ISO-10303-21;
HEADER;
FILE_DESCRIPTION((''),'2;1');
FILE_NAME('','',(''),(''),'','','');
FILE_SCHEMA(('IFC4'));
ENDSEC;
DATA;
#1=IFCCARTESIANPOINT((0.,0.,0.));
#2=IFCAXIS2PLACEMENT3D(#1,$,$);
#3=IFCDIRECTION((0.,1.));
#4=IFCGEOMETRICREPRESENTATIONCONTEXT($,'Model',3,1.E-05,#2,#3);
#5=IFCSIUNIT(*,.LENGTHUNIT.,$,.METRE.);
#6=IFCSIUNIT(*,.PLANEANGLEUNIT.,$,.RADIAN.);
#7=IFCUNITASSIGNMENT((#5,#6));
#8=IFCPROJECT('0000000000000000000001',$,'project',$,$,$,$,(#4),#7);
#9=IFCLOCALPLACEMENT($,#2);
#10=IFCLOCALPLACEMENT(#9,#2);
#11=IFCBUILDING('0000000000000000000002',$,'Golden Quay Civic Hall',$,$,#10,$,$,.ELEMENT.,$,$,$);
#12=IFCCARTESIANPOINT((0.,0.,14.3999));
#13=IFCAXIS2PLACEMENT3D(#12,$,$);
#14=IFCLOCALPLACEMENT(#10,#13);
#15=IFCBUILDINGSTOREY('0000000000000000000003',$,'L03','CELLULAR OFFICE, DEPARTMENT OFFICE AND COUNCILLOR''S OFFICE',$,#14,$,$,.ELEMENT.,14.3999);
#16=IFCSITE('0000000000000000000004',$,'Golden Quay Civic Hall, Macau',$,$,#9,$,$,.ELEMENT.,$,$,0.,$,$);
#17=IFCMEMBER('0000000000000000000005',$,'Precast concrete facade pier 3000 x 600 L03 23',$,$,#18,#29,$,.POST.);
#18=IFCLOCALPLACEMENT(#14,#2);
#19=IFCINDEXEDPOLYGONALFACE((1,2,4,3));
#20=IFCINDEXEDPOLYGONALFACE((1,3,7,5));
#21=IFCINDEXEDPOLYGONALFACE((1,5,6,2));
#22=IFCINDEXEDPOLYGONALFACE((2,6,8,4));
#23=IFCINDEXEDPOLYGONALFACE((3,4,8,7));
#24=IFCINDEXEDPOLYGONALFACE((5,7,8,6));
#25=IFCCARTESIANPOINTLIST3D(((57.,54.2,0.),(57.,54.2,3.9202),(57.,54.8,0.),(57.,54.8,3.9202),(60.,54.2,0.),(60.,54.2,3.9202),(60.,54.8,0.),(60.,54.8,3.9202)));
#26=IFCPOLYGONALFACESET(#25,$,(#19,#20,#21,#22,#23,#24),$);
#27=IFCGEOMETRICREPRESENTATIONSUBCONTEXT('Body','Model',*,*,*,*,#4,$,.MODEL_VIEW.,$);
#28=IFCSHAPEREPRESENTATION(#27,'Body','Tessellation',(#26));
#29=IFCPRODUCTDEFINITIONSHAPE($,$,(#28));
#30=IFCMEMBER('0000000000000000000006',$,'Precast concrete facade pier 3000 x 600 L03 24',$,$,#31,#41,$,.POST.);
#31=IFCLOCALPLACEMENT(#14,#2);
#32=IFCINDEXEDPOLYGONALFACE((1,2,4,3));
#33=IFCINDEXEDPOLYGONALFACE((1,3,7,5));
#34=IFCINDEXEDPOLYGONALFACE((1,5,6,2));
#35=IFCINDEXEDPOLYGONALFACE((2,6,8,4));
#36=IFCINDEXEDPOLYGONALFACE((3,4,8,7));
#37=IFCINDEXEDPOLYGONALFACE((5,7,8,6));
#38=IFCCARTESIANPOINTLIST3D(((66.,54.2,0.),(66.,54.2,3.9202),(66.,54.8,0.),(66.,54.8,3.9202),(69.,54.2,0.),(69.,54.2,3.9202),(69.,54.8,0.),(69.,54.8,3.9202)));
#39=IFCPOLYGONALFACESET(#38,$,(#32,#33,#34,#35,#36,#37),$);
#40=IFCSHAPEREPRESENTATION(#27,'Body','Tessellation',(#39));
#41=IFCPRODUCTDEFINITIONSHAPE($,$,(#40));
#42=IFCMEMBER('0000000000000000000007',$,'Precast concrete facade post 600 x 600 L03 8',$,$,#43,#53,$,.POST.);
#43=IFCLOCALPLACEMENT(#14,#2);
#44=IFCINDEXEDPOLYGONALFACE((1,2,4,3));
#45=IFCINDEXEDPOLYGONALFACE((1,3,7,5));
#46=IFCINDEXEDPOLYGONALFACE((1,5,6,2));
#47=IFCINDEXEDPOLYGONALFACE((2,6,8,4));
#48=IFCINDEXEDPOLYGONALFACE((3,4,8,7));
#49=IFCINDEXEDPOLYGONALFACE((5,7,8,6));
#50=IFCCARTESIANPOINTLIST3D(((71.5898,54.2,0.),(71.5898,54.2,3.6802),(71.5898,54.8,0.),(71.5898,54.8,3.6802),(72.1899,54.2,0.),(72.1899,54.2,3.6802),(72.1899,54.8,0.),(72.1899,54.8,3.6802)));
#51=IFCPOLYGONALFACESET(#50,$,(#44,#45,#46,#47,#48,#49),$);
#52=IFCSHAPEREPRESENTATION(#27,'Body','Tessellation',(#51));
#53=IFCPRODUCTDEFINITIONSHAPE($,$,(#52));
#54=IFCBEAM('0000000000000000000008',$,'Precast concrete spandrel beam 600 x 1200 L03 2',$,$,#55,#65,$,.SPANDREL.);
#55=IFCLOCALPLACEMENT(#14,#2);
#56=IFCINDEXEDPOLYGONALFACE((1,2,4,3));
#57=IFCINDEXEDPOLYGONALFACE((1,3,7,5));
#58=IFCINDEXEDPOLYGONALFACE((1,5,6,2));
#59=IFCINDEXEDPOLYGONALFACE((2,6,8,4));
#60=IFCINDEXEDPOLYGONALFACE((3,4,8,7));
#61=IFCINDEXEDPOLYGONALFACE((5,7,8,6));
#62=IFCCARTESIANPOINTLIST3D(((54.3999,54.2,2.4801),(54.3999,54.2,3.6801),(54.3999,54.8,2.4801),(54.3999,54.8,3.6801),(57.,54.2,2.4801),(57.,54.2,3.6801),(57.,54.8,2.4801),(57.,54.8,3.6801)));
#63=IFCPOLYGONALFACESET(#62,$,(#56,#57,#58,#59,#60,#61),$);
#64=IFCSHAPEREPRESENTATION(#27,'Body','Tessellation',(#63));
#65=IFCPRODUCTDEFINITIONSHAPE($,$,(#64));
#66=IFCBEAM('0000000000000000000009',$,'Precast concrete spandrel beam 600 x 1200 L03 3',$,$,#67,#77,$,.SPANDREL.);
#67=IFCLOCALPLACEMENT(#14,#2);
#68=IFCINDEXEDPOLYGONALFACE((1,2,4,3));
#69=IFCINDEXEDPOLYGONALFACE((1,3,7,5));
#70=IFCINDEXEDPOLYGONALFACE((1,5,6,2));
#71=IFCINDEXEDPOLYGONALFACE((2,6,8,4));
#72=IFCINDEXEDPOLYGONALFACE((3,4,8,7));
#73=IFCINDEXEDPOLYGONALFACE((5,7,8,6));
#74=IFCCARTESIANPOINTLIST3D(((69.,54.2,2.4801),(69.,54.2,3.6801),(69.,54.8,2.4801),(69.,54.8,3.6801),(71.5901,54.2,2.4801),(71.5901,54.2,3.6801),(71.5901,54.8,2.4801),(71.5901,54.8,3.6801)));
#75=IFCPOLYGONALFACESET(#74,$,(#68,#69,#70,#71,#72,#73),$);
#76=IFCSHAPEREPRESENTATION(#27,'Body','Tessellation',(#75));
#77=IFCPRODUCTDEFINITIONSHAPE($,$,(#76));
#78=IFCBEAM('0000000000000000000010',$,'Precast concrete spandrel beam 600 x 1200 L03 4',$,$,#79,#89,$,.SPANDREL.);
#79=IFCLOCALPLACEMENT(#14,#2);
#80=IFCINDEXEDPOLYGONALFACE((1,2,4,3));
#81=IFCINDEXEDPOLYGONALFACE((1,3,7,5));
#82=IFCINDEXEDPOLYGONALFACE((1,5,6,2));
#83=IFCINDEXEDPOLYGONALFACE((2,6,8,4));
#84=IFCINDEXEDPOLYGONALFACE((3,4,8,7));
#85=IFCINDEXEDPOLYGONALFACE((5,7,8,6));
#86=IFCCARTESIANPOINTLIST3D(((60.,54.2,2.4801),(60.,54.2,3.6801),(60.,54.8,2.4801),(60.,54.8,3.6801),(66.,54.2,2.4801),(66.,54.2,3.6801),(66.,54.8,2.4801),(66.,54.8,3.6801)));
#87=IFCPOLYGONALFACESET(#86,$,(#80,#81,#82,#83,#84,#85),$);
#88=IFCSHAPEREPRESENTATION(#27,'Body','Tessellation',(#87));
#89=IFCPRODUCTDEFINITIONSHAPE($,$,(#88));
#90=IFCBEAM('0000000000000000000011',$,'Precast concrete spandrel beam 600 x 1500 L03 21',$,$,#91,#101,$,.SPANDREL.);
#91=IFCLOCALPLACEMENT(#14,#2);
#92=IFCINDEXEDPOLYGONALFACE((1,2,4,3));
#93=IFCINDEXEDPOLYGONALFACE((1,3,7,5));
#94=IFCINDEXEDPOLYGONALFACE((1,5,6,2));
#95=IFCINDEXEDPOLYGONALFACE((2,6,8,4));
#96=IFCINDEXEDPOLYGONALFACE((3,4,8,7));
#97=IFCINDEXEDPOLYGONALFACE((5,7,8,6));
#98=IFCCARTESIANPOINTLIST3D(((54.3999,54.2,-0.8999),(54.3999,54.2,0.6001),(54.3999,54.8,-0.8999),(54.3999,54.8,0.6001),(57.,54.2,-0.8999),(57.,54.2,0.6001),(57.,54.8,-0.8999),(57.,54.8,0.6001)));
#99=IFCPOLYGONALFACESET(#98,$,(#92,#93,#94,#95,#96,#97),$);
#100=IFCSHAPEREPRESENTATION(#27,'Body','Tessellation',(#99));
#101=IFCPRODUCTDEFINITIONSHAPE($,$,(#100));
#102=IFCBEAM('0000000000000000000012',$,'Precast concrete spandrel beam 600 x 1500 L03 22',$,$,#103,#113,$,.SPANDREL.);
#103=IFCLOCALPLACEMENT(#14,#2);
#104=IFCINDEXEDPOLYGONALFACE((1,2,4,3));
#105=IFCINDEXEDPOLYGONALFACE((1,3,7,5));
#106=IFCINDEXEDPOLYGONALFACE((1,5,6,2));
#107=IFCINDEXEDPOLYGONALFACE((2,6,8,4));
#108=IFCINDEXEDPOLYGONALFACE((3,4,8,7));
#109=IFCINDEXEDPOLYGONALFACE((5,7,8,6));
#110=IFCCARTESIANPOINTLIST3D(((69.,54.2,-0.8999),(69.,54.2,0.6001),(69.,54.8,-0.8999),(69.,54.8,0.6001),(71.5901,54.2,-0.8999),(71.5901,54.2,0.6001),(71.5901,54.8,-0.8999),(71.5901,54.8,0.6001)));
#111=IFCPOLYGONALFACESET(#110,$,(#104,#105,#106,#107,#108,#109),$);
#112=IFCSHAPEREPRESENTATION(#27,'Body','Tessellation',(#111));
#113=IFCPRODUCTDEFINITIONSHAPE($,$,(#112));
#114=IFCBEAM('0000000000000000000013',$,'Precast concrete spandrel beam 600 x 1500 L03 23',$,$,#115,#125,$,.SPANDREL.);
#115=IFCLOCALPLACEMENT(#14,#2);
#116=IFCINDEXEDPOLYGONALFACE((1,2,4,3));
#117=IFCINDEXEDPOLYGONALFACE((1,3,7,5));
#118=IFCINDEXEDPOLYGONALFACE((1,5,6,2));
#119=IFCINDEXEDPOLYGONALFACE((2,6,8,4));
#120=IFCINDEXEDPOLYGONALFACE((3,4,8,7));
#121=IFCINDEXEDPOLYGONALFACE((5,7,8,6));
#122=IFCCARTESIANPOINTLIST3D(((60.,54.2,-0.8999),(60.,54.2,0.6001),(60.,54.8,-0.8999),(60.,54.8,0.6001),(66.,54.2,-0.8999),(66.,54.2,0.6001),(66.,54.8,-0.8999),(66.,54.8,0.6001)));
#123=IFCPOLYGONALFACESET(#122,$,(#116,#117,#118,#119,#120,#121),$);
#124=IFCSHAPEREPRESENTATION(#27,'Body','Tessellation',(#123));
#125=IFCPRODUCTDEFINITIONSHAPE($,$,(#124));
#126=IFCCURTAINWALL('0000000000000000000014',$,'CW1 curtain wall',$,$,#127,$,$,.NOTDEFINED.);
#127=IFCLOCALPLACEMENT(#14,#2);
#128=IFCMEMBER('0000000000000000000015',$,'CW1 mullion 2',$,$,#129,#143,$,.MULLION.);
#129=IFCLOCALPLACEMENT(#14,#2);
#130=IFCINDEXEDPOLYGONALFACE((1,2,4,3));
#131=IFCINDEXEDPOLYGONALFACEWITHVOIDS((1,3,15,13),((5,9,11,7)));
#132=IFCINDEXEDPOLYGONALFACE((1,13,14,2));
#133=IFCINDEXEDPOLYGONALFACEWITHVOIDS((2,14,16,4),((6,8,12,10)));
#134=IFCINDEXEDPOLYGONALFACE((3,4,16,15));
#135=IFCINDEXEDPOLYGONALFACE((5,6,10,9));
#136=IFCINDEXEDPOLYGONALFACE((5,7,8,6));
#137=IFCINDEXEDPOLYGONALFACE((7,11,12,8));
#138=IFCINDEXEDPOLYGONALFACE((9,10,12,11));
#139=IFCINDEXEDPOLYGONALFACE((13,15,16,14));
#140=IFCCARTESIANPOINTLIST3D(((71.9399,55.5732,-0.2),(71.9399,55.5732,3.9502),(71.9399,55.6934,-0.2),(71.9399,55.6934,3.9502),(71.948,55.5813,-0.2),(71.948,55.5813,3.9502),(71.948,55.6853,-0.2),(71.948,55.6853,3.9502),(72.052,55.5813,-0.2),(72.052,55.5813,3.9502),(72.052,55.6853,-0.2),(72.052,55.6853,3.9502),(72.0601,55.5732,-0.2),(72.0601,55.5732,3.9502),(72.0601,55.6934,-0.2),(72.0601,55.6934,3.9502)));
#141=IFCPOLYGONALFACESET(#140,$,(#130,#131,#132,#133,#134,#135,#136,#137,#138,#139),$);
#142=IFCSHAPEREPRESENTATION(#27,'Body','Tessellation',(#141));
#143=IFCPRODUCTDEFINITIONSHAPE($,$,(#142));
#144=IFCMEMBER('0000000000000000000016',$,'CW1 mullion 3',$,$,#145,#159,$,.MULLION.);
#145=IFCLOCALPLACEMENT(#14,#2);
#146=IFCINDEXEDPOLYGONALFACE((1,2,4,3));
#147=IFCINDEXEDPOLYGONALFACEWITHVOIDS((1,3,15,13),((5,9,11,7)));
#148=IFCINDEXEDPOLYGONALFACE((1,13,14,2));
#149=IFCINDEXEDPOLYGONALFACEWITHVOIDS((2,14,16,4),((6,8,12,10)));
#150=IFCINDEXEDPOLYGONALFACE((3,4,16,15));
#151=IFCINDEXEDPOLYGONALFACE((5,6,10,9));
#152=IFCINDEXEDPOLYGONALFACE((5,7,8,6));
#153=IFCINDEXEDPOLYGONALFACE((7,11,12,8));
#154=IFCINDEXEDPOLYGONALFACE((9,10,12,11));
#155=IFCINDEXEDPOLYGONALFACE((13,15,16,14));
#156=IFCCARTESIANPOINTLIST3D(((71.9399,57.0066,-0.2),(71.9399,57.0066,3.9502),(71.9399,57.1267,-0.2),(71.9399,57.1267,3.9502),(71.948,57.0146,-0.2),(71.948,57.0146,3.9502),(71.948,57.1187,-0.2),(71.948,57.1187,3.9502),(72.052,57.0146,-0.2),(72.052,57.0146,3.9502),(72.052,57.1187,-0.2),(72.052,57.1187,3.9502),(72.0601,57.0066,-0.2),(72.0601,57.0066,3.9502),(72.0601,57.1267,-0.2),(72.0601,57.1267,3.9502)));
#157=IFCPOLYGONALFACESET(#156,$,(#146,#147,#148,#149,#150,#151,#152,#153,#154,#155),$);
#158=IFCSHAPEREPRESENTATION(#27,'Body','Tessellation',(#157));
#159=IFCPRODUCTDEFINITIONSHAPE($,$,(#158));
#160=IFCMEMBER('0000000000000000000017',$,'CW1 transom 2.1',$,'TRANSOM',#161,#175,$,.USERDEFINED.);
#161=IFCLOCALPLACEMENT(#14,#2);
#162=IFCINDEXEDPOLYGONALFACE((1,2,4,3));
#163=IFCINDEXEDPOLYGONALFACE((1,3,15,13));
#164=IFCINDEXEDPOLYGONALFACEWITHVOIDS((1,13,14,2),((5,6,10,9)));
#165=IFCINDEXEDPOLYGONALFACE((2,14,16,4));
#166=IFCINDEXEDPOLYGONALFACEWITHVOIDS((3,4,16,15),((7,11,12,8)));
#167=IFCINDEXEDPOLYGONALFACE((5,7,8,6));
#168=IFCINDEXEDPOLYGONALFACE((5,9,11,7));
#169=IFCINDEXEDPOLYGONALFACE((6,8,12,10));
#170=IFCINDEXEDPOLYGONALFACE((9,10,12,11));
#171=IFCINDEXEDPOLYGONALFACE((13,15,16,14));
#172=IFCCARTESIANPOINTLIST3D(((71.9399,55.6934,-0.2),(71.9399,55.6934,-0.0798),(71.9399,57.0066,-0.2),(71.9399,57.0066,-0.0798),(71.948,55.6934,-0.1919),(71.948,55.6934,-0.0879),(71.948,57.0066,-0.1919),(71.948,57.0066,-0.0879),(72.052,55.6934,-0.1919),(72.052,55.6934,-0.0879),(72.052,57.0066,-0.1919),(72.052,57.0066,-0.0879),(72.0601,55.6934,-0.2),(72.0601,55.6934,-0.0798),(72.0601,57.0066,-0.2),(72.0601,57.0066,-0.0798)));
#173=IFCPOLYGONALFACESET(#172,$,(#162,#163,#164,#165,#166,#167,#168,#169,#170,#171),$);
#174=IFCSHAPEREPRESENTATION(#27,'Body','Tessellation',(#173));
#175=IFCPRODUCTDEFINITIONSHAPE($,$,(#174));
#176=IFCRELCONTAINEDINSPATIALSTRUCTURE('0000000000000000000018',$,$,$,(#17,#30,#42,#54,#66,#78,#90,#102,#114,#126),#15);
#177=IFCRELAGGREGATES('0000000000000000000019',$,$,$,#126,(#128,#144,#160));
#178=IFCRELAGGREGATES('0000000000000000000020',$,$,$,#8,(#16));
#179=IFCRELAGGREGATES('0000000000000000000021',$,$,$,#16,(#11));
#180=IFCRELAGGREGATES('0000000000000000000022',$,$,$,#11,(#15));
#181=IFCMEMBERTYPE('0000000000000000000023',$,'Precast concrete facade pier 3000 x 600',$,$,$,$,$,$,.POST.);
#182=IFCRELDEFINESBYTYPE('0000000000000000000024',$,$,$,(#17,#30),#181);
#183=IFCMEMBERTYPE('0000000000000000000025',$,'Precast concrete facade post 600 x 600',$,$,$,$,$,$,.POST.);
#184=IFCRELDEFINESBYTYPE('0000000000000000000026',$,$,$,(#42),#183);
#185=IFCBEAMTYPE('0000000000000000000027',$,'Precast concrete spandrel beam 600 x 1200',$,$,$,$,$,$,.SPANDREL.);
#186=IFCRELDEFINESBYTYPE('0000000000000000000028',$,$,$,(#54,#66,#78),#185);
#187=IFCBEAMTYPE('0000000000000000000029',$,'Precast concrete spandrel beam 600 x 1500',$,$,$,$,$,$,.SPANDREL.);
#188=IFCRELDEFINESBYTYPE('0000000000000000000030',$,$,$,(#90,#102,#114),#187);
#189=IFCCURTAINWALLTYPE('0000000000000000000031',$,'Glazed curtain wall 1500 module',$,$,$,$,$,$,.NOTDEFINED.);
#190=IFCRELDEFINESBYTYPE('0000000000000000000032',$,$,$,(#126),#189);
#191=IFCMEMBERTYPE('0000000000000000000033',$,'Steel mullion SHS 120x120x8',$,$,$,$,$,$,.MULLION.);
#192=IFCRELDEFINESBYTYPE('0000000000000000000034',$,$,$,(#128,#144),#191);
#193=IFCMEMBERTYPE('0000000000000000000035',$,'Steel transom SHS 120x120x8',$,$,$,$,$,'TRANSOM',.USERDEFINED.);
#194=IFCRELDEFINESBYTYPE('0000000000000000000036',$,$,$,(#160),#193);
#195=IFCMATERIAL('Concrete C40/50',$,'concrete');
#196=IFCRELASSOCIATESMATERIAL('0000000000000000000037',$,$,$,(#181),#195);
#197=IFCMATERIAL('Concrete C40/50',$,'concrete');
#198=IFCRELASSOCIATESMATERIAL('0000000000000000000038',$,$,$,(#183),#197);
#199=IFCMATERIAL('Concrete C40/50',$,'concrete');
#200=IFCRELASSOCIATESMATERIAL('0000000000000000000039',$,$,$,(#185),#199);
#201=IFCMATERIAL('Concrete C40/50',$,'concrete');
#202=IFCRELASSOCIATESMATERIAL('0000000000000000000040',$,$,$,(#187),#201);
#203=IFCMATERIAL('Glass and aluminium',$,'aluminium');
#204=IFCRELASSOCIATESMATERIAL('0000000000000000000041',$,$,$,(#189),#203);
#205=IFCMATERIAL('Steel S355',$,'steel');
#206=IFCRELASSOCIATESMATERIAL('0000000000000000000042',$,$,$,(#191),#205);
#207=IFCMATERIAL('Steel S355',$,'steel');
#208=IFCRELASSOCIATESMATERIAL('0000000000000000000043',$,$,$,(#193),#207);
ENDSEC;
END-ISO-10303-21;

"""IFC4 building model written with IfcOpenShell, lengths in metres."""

from ifc_helpers import new_model, si_unit, direction, frame, origin, origin_2d, place, context, subcontext, project, spatial, rectangle, hollow_rectangle, extrude, material, material_profile, profile_set, type_object, element, aggregate, save


model = new_model("IFC4")

# Units and contexts
model_context = context("Model", 3, precision=1e-05, world=origin(), true_north=direction((0.0, 1.0)))
body_context = subcontext(model_context, "Body", "Model", "MODEL_VIEW")
ifc_project = project(units=[si_unit("LENGTHUNIT", "METRE"), si_unit("PLANEANGLEUNIT", "RADIAN")], contexts=[model_context])

# Site, building, storey
site_placement = place(None, origin())
site = spatial("IfcSite", under=ifc_project, at=site_placement, Name="Golden Quay Civic Hall, Macau", CompositionType="ELEMENT", RefElevation=0.0)
building_placement = place(site_placement, origin())
building = spatial("IfcBuilding", under=site, at=building_placement, Name="Golden Quay Civic Hall", CompositionType="ELEMENT")
storey_placement = place(building_placement, frame((0.0, 0.0, 14.3999)))
storey = spatial("IfcBuildingStorey", under=building, at=storey_placement, Name="L03", Description="CELLULAR OFFICE, DEPARTMENT OFFICE AND COUNCILLOR'S OFFICE", CompositionType="ELEMENT", Elevation=14.3999)

# Members
ifc_material_1 = material(Name="Concrete C40/50", Category="concrete")
ifc_material_profile_1 = material_profile(ifc_material_1, rectangle(XDim=3.0, YDim=0.6001, at=origin_2d()), Name="RC 3000x600")
ifc_profile_set_1 = profile_set([ifc_material_profile_1], Name="Concrete C40/50")
member_type_1 = type_object("IfcMemberType", Name="Precast concrete facade pier 3000 x 600", PredefinedType="POST", material=ifc_profile_set_1)
for number, where, z_axis, x_axis, name in (
    (1, (58.5, 54.5, 0.0), (0.0, 0.0, 1.0), (1.0, 0.0, 0.0), "Precast concrete facade pier 3000 x 600 L03 23"),
    (2, (67.5, 54.5, 0.0), (0.0, 0.0, 1.0), (1.0, 0.0, 0.0), "Precast concrete facade pier 3000 x 600 L03 24"),
):
    element("IfcMember", number, at=place(storey_placement, frame(where, z_axis=z_axis, x_axis=x_axis)), inside=storey, type_object=member_type_1, Name=name, PredefinedType="POST", context=body_context, shape_type="SweptSolid", body=[
        extrude(rectangle(XDim=3.0, YDim=0.6001, at=origin_2d()), origin(), (0.0, 0.0, 1.0), 3.9202),
    ])
ifc_material_2 = material(Name="Concrete C40/50", Category="concrete")
ifc_material_profile_2 = material_profile(ifc_material_2, rectangle(XDim=0.6001, YDim=0.6001, at=origin_2d()), Name="RC 600x600")
ifc_profile_set_2 = profile_set([ifc_material_profile_2], Name="Concrete C40/50")
member_type_2 = type_object("IfcMemberType", Name="Precast concrete facade post 600 x 600", PredefinedType="POST", material=ifc_profile_set_2)
member_1_placement = place(storey_placement, frame((71.8899, 54.5, 0.0), z_axis=(0.0, 0.0, 1.0), x_axis=(1.0, 0.0, 0.0)))
element("IfcMember", 3, at=member_1_placement, inside=storey, type_object=member_type_2, Name="Precast concrete facade post 600 x 600 L03 8", PredefinedType="POST", context=body_context, shape_type="SweptSolid", body=[
    extrude(rectangle(XDim=0.6001, YDim=0.6001, at=origin_2d()), origin(), (0.0, 0.0, 1.0), 3.6802),
])

# Beams
ifc_material_3 = material(Name="Concrete C40/50", Category="concrete")
ifc_material_profile_3 = material_profile(ifc_material_3, rectangle(XDim=0.6001, YDim=1.2, at=origin_2d()), Name="RC 600x1200")
ifc_profile_set_3 = profile_set([ifc_material_profile_3], Name="Concrete C40/50")
beam_type_1 = type_object("IfcBeamType", Name="Precast concrete spandrel beam 600 x 1200", PredefinedType="SPANDREL", material=ifc_profile_set_3)
beam_1_placement = place(storey_placement, frame((54.3999, 54.5, 3.0801), z_axis=(1.0, 0.0, 0.0), x_axis=(0.0, 1.0, 0.0)))
element("IfcBeam", 4, at=beam_1_placement, inside=storey, type_object=beam_type_1, Name="Precast concrete spandrel beam 600 x 1200 L03 2", PredefinedType="SPANDREL", context=body_context, shape_type="SweptSolid", body=[
    extrude(rectangle(XDim=0.6001, YDim=1.2, at=origin_2d()), origin(), (0.0, 0.0, 1.0), 2.6001),
])
beam_2_placement = place(storey_placement, frame((69.0, 54.5, 3.0801), z_axis=(1.0, 0.0, 0.0), x_axis=(0.0, 1.0, 0.0)))
element("IfcBeam", 5, at=beam_2_placement, inside=storey, type_object=beam_type_1, Name="Precast concrete spandrel beam 600 x 1200 L03 3", PredefinedType="SPANDREL", context=body_context, shape_type="SweptSolid", body=[
    extrude(rectangle(XDim=0.6001, YDim=1.2, at=origin_2d()), origin(), (0.0, 0.0, 1.0), 2.5901),
])
beam_3_placement = place(storey_placement, frame((60.0, 54.5, 3.0801), z_axis=(1.0, 0.0, 0.0), x_axis=(0.0, 1.0, 0.0)))
element("IfcBeam", 6, at=beam_3_placement, inside=storey, type_object=beam_type_1, Name="Precast concrete spandrel beam 600 x 1200 L03 4", PredefinedType="SPANDREL", context=body_context, shape_type="SweptSolid", body=[
    extrude(rectangle(XDim=0.6001, YDim=1.2, at=origin_2d()), origin(), (0.0, 0.0, 1.0), 6.0),
])
ifc_material_4 = material(Name="Concrete C40/50", Category="concrete")
ifc_material_profile_4 = material_profile(ifc_material_4, rectangle(XDim=0.6001, YDim=1.5, at=origin_2d()), Name="RC 600x1500")
ifc_profile_set_4 = profile_set([ifc_material_profile_4], Name="Concrete C40/50")
beam_type_2 = type_object("IfcBeamType", Name="Precast concrete spandrel beam 600 x 1500", PredefinedType="SPANDREL", material=ifc_profile_set_4)
beam_4_placement = place(storey_placement, frame((54.3999, 54.5, -0.1499), z_axis=(1.0, 0.0, 0.0), x_axis=(0.0, 1.0, 0.0)))
element("IfcBeam", 7, at=beam_4_placement, inside=storey, type_object=beam_type_2, Name="Precast concrete spandrel beam 600 x 1500 L03 21", PredefinedType="SPANDREL", context=body_context, shape_type="SweptSolid", body=[
    extrude(rectangle(XDim=0.6001, YDim=1.5, at=origin_2d()), origin(), (0.0, 0.0, 1.0), 2.6001),
])
beam_5_placement = place(storey_placement, frame((69.0, 54.5, -0.1499), z_axis=(1.0, 0.0, 0.0), x_axis=(0.0, 1.0, 0.0)))
element("IfcBeam", 8, at=beam_5_placement, inside=storey, type_object=beam_type_2, Name="Precast concrete spandrel beam 600 x 1500 L03 22", PredefinedType="SPANDREL", context=body_context, shape_type="SweptSolid", body=[
    extrude(rectangle(XDim=0.6001, YDim=1.5, at=origin_2d()), origin(), (0.0, 0.0, 1.0), 2.5901),
])
beam_6_placement = place(storey_placement, frame((60.0, 54.5, -0.1499), z_axis=(1.0, 0.0, 0.0), x_axis=(0.0, 1.0, 0.0)))
element("IfcBeam", 9, at=beam_6_placement, inside=storey, type_object=beam_type_2, Name="Precast concrete spandrel beam 600 x 1500 L03 23", PredefinedType="SPANDREL", context=body_context, shape_type="SweptSolid", body=[
    extrude(rectangle(XDim=0.6001, YDim=1.5, at=origin_2d()), origin(), (0.0, 0.0, 1.0), 6.0),
])

# Curtain wall, members
ifc_material_5 = material(Name="Glass and aluminium", Category="aluminium")
curtain_wall_type = type_object("IfcCurtainWallType", Name="Glazed curtain wall 1500 module", PredefinedType="NOTDEFINED", material=ifc_material_5)
curtain_wall_placement = place(storey_placement, origin())
curtain_wall = element("IfcCurtainWall", 10, at=curtain_wall_placement, inside=storey, type_object=curtain_wall_type, Name="CW1 curtain wall", PredefinedType="NOTDEFINED")
ifc_material_6 = material(Name="Steel S355", Category="steel")
ifc_material_profile_5 = material_profile(ifc_material_6, hollow_rectangle(XDim=0.1201, YDim=0.1201, WallThickness=0.0081, at=origin_2d()), Name="SHS 120x120x8")
ifc_profile_set_5 = profile_set([ifc_material_profile_5], Name="Steel S355")
member_type_3 = type_object("IfcMemberType", Name="Steel mullion SHS 120x120x8", PredefinedType="MULLION", material=ifc_profile_set_5)
member_2_placement = place(storey_placement, frame((72.0, 55.6333, -0.2), z_axis=(0.0, 0.0, 1.0), x_axis=(-1.0, 0.0, 0.0)))
member_2 = element("IfcMember", 11, at=member_2_placement, type_object=member_type_3, Name="CW1 mullion 2", PredefinedType="MULLION", context=body_context, shape_type="SweptSolid", body=[
    extrude(hollow_rectangle(XDim=0.1201, YDim=0.1201, WallThickness=0.0081, at=origin_2d()), origin(), (0.0, 0.0, 1.0), 4.1501),
])
member_3_placement = place(storey_placement, frame((72.0, 57.0667, -0.2), z_axis=(0.0, 0.0, 1.0), x_axis=(-1.0, 0.0, 0.0)))
member_3 = element("IfcMember", 12, at=member_3_placement, type_object=member_type_3, Name="CW1 mullion 3", PredefinedType="MULLION", context=body_context, shape_type="SweptSolid", body=[
    extrude(hollow_rectangle(XDim=0.1201, YDim=0.1201, WallThickness=0.0081, at=origin_2d()), origin(), (0.0, 0.0, 1.0), 4.1501),
])
ifc_material_7 = material(Name="Steel S355", Category="steel")
ifc_material_profile_6 = material_profile(ifc_material_7, hollow_rectangle(XDim=0.1201, YDim=0.1201, WallThickness=0.0081, at=origin_2d()), Name="SHS 120x120x8")
ifc_profile_set_6 = profile_set([ifc_material_profile_6], Name="Steel S355")
member_type_4 = type_object("IfcMemberType", Name="Steel transom SHS 120x120x8", ElementType="TRANSOM", PredefinedType="USERDEFINED", material=ifc_profile_set_6)
member_4_placement = place(storey_placement, frame((72.0, 55.6934, -0.1399), z_axis=(0.0, 1.0, 0.0), x_axis=(-1.0, 0.0, 0.0)))
member_4 = element("IfcMember", 13, at=member_4_placement, type_object=member_type_4, Name="CW1 transom 2.1", ObjectType="TRANSOM", PredefinedType="USERDEFINED", context=body_context, shape_type="SweptSolid", body=[
    extrude(hollow_rectangle(XDim=0.1201, YDim=0.1201, WallThickness=0.0081, at=origin_2d()), origin(), (0.0, 0.0, 1.0), 1.3132),
])
aggregate(curtain_wall, [member_2, member_3, member_4])

save(model, "model.ifc")
